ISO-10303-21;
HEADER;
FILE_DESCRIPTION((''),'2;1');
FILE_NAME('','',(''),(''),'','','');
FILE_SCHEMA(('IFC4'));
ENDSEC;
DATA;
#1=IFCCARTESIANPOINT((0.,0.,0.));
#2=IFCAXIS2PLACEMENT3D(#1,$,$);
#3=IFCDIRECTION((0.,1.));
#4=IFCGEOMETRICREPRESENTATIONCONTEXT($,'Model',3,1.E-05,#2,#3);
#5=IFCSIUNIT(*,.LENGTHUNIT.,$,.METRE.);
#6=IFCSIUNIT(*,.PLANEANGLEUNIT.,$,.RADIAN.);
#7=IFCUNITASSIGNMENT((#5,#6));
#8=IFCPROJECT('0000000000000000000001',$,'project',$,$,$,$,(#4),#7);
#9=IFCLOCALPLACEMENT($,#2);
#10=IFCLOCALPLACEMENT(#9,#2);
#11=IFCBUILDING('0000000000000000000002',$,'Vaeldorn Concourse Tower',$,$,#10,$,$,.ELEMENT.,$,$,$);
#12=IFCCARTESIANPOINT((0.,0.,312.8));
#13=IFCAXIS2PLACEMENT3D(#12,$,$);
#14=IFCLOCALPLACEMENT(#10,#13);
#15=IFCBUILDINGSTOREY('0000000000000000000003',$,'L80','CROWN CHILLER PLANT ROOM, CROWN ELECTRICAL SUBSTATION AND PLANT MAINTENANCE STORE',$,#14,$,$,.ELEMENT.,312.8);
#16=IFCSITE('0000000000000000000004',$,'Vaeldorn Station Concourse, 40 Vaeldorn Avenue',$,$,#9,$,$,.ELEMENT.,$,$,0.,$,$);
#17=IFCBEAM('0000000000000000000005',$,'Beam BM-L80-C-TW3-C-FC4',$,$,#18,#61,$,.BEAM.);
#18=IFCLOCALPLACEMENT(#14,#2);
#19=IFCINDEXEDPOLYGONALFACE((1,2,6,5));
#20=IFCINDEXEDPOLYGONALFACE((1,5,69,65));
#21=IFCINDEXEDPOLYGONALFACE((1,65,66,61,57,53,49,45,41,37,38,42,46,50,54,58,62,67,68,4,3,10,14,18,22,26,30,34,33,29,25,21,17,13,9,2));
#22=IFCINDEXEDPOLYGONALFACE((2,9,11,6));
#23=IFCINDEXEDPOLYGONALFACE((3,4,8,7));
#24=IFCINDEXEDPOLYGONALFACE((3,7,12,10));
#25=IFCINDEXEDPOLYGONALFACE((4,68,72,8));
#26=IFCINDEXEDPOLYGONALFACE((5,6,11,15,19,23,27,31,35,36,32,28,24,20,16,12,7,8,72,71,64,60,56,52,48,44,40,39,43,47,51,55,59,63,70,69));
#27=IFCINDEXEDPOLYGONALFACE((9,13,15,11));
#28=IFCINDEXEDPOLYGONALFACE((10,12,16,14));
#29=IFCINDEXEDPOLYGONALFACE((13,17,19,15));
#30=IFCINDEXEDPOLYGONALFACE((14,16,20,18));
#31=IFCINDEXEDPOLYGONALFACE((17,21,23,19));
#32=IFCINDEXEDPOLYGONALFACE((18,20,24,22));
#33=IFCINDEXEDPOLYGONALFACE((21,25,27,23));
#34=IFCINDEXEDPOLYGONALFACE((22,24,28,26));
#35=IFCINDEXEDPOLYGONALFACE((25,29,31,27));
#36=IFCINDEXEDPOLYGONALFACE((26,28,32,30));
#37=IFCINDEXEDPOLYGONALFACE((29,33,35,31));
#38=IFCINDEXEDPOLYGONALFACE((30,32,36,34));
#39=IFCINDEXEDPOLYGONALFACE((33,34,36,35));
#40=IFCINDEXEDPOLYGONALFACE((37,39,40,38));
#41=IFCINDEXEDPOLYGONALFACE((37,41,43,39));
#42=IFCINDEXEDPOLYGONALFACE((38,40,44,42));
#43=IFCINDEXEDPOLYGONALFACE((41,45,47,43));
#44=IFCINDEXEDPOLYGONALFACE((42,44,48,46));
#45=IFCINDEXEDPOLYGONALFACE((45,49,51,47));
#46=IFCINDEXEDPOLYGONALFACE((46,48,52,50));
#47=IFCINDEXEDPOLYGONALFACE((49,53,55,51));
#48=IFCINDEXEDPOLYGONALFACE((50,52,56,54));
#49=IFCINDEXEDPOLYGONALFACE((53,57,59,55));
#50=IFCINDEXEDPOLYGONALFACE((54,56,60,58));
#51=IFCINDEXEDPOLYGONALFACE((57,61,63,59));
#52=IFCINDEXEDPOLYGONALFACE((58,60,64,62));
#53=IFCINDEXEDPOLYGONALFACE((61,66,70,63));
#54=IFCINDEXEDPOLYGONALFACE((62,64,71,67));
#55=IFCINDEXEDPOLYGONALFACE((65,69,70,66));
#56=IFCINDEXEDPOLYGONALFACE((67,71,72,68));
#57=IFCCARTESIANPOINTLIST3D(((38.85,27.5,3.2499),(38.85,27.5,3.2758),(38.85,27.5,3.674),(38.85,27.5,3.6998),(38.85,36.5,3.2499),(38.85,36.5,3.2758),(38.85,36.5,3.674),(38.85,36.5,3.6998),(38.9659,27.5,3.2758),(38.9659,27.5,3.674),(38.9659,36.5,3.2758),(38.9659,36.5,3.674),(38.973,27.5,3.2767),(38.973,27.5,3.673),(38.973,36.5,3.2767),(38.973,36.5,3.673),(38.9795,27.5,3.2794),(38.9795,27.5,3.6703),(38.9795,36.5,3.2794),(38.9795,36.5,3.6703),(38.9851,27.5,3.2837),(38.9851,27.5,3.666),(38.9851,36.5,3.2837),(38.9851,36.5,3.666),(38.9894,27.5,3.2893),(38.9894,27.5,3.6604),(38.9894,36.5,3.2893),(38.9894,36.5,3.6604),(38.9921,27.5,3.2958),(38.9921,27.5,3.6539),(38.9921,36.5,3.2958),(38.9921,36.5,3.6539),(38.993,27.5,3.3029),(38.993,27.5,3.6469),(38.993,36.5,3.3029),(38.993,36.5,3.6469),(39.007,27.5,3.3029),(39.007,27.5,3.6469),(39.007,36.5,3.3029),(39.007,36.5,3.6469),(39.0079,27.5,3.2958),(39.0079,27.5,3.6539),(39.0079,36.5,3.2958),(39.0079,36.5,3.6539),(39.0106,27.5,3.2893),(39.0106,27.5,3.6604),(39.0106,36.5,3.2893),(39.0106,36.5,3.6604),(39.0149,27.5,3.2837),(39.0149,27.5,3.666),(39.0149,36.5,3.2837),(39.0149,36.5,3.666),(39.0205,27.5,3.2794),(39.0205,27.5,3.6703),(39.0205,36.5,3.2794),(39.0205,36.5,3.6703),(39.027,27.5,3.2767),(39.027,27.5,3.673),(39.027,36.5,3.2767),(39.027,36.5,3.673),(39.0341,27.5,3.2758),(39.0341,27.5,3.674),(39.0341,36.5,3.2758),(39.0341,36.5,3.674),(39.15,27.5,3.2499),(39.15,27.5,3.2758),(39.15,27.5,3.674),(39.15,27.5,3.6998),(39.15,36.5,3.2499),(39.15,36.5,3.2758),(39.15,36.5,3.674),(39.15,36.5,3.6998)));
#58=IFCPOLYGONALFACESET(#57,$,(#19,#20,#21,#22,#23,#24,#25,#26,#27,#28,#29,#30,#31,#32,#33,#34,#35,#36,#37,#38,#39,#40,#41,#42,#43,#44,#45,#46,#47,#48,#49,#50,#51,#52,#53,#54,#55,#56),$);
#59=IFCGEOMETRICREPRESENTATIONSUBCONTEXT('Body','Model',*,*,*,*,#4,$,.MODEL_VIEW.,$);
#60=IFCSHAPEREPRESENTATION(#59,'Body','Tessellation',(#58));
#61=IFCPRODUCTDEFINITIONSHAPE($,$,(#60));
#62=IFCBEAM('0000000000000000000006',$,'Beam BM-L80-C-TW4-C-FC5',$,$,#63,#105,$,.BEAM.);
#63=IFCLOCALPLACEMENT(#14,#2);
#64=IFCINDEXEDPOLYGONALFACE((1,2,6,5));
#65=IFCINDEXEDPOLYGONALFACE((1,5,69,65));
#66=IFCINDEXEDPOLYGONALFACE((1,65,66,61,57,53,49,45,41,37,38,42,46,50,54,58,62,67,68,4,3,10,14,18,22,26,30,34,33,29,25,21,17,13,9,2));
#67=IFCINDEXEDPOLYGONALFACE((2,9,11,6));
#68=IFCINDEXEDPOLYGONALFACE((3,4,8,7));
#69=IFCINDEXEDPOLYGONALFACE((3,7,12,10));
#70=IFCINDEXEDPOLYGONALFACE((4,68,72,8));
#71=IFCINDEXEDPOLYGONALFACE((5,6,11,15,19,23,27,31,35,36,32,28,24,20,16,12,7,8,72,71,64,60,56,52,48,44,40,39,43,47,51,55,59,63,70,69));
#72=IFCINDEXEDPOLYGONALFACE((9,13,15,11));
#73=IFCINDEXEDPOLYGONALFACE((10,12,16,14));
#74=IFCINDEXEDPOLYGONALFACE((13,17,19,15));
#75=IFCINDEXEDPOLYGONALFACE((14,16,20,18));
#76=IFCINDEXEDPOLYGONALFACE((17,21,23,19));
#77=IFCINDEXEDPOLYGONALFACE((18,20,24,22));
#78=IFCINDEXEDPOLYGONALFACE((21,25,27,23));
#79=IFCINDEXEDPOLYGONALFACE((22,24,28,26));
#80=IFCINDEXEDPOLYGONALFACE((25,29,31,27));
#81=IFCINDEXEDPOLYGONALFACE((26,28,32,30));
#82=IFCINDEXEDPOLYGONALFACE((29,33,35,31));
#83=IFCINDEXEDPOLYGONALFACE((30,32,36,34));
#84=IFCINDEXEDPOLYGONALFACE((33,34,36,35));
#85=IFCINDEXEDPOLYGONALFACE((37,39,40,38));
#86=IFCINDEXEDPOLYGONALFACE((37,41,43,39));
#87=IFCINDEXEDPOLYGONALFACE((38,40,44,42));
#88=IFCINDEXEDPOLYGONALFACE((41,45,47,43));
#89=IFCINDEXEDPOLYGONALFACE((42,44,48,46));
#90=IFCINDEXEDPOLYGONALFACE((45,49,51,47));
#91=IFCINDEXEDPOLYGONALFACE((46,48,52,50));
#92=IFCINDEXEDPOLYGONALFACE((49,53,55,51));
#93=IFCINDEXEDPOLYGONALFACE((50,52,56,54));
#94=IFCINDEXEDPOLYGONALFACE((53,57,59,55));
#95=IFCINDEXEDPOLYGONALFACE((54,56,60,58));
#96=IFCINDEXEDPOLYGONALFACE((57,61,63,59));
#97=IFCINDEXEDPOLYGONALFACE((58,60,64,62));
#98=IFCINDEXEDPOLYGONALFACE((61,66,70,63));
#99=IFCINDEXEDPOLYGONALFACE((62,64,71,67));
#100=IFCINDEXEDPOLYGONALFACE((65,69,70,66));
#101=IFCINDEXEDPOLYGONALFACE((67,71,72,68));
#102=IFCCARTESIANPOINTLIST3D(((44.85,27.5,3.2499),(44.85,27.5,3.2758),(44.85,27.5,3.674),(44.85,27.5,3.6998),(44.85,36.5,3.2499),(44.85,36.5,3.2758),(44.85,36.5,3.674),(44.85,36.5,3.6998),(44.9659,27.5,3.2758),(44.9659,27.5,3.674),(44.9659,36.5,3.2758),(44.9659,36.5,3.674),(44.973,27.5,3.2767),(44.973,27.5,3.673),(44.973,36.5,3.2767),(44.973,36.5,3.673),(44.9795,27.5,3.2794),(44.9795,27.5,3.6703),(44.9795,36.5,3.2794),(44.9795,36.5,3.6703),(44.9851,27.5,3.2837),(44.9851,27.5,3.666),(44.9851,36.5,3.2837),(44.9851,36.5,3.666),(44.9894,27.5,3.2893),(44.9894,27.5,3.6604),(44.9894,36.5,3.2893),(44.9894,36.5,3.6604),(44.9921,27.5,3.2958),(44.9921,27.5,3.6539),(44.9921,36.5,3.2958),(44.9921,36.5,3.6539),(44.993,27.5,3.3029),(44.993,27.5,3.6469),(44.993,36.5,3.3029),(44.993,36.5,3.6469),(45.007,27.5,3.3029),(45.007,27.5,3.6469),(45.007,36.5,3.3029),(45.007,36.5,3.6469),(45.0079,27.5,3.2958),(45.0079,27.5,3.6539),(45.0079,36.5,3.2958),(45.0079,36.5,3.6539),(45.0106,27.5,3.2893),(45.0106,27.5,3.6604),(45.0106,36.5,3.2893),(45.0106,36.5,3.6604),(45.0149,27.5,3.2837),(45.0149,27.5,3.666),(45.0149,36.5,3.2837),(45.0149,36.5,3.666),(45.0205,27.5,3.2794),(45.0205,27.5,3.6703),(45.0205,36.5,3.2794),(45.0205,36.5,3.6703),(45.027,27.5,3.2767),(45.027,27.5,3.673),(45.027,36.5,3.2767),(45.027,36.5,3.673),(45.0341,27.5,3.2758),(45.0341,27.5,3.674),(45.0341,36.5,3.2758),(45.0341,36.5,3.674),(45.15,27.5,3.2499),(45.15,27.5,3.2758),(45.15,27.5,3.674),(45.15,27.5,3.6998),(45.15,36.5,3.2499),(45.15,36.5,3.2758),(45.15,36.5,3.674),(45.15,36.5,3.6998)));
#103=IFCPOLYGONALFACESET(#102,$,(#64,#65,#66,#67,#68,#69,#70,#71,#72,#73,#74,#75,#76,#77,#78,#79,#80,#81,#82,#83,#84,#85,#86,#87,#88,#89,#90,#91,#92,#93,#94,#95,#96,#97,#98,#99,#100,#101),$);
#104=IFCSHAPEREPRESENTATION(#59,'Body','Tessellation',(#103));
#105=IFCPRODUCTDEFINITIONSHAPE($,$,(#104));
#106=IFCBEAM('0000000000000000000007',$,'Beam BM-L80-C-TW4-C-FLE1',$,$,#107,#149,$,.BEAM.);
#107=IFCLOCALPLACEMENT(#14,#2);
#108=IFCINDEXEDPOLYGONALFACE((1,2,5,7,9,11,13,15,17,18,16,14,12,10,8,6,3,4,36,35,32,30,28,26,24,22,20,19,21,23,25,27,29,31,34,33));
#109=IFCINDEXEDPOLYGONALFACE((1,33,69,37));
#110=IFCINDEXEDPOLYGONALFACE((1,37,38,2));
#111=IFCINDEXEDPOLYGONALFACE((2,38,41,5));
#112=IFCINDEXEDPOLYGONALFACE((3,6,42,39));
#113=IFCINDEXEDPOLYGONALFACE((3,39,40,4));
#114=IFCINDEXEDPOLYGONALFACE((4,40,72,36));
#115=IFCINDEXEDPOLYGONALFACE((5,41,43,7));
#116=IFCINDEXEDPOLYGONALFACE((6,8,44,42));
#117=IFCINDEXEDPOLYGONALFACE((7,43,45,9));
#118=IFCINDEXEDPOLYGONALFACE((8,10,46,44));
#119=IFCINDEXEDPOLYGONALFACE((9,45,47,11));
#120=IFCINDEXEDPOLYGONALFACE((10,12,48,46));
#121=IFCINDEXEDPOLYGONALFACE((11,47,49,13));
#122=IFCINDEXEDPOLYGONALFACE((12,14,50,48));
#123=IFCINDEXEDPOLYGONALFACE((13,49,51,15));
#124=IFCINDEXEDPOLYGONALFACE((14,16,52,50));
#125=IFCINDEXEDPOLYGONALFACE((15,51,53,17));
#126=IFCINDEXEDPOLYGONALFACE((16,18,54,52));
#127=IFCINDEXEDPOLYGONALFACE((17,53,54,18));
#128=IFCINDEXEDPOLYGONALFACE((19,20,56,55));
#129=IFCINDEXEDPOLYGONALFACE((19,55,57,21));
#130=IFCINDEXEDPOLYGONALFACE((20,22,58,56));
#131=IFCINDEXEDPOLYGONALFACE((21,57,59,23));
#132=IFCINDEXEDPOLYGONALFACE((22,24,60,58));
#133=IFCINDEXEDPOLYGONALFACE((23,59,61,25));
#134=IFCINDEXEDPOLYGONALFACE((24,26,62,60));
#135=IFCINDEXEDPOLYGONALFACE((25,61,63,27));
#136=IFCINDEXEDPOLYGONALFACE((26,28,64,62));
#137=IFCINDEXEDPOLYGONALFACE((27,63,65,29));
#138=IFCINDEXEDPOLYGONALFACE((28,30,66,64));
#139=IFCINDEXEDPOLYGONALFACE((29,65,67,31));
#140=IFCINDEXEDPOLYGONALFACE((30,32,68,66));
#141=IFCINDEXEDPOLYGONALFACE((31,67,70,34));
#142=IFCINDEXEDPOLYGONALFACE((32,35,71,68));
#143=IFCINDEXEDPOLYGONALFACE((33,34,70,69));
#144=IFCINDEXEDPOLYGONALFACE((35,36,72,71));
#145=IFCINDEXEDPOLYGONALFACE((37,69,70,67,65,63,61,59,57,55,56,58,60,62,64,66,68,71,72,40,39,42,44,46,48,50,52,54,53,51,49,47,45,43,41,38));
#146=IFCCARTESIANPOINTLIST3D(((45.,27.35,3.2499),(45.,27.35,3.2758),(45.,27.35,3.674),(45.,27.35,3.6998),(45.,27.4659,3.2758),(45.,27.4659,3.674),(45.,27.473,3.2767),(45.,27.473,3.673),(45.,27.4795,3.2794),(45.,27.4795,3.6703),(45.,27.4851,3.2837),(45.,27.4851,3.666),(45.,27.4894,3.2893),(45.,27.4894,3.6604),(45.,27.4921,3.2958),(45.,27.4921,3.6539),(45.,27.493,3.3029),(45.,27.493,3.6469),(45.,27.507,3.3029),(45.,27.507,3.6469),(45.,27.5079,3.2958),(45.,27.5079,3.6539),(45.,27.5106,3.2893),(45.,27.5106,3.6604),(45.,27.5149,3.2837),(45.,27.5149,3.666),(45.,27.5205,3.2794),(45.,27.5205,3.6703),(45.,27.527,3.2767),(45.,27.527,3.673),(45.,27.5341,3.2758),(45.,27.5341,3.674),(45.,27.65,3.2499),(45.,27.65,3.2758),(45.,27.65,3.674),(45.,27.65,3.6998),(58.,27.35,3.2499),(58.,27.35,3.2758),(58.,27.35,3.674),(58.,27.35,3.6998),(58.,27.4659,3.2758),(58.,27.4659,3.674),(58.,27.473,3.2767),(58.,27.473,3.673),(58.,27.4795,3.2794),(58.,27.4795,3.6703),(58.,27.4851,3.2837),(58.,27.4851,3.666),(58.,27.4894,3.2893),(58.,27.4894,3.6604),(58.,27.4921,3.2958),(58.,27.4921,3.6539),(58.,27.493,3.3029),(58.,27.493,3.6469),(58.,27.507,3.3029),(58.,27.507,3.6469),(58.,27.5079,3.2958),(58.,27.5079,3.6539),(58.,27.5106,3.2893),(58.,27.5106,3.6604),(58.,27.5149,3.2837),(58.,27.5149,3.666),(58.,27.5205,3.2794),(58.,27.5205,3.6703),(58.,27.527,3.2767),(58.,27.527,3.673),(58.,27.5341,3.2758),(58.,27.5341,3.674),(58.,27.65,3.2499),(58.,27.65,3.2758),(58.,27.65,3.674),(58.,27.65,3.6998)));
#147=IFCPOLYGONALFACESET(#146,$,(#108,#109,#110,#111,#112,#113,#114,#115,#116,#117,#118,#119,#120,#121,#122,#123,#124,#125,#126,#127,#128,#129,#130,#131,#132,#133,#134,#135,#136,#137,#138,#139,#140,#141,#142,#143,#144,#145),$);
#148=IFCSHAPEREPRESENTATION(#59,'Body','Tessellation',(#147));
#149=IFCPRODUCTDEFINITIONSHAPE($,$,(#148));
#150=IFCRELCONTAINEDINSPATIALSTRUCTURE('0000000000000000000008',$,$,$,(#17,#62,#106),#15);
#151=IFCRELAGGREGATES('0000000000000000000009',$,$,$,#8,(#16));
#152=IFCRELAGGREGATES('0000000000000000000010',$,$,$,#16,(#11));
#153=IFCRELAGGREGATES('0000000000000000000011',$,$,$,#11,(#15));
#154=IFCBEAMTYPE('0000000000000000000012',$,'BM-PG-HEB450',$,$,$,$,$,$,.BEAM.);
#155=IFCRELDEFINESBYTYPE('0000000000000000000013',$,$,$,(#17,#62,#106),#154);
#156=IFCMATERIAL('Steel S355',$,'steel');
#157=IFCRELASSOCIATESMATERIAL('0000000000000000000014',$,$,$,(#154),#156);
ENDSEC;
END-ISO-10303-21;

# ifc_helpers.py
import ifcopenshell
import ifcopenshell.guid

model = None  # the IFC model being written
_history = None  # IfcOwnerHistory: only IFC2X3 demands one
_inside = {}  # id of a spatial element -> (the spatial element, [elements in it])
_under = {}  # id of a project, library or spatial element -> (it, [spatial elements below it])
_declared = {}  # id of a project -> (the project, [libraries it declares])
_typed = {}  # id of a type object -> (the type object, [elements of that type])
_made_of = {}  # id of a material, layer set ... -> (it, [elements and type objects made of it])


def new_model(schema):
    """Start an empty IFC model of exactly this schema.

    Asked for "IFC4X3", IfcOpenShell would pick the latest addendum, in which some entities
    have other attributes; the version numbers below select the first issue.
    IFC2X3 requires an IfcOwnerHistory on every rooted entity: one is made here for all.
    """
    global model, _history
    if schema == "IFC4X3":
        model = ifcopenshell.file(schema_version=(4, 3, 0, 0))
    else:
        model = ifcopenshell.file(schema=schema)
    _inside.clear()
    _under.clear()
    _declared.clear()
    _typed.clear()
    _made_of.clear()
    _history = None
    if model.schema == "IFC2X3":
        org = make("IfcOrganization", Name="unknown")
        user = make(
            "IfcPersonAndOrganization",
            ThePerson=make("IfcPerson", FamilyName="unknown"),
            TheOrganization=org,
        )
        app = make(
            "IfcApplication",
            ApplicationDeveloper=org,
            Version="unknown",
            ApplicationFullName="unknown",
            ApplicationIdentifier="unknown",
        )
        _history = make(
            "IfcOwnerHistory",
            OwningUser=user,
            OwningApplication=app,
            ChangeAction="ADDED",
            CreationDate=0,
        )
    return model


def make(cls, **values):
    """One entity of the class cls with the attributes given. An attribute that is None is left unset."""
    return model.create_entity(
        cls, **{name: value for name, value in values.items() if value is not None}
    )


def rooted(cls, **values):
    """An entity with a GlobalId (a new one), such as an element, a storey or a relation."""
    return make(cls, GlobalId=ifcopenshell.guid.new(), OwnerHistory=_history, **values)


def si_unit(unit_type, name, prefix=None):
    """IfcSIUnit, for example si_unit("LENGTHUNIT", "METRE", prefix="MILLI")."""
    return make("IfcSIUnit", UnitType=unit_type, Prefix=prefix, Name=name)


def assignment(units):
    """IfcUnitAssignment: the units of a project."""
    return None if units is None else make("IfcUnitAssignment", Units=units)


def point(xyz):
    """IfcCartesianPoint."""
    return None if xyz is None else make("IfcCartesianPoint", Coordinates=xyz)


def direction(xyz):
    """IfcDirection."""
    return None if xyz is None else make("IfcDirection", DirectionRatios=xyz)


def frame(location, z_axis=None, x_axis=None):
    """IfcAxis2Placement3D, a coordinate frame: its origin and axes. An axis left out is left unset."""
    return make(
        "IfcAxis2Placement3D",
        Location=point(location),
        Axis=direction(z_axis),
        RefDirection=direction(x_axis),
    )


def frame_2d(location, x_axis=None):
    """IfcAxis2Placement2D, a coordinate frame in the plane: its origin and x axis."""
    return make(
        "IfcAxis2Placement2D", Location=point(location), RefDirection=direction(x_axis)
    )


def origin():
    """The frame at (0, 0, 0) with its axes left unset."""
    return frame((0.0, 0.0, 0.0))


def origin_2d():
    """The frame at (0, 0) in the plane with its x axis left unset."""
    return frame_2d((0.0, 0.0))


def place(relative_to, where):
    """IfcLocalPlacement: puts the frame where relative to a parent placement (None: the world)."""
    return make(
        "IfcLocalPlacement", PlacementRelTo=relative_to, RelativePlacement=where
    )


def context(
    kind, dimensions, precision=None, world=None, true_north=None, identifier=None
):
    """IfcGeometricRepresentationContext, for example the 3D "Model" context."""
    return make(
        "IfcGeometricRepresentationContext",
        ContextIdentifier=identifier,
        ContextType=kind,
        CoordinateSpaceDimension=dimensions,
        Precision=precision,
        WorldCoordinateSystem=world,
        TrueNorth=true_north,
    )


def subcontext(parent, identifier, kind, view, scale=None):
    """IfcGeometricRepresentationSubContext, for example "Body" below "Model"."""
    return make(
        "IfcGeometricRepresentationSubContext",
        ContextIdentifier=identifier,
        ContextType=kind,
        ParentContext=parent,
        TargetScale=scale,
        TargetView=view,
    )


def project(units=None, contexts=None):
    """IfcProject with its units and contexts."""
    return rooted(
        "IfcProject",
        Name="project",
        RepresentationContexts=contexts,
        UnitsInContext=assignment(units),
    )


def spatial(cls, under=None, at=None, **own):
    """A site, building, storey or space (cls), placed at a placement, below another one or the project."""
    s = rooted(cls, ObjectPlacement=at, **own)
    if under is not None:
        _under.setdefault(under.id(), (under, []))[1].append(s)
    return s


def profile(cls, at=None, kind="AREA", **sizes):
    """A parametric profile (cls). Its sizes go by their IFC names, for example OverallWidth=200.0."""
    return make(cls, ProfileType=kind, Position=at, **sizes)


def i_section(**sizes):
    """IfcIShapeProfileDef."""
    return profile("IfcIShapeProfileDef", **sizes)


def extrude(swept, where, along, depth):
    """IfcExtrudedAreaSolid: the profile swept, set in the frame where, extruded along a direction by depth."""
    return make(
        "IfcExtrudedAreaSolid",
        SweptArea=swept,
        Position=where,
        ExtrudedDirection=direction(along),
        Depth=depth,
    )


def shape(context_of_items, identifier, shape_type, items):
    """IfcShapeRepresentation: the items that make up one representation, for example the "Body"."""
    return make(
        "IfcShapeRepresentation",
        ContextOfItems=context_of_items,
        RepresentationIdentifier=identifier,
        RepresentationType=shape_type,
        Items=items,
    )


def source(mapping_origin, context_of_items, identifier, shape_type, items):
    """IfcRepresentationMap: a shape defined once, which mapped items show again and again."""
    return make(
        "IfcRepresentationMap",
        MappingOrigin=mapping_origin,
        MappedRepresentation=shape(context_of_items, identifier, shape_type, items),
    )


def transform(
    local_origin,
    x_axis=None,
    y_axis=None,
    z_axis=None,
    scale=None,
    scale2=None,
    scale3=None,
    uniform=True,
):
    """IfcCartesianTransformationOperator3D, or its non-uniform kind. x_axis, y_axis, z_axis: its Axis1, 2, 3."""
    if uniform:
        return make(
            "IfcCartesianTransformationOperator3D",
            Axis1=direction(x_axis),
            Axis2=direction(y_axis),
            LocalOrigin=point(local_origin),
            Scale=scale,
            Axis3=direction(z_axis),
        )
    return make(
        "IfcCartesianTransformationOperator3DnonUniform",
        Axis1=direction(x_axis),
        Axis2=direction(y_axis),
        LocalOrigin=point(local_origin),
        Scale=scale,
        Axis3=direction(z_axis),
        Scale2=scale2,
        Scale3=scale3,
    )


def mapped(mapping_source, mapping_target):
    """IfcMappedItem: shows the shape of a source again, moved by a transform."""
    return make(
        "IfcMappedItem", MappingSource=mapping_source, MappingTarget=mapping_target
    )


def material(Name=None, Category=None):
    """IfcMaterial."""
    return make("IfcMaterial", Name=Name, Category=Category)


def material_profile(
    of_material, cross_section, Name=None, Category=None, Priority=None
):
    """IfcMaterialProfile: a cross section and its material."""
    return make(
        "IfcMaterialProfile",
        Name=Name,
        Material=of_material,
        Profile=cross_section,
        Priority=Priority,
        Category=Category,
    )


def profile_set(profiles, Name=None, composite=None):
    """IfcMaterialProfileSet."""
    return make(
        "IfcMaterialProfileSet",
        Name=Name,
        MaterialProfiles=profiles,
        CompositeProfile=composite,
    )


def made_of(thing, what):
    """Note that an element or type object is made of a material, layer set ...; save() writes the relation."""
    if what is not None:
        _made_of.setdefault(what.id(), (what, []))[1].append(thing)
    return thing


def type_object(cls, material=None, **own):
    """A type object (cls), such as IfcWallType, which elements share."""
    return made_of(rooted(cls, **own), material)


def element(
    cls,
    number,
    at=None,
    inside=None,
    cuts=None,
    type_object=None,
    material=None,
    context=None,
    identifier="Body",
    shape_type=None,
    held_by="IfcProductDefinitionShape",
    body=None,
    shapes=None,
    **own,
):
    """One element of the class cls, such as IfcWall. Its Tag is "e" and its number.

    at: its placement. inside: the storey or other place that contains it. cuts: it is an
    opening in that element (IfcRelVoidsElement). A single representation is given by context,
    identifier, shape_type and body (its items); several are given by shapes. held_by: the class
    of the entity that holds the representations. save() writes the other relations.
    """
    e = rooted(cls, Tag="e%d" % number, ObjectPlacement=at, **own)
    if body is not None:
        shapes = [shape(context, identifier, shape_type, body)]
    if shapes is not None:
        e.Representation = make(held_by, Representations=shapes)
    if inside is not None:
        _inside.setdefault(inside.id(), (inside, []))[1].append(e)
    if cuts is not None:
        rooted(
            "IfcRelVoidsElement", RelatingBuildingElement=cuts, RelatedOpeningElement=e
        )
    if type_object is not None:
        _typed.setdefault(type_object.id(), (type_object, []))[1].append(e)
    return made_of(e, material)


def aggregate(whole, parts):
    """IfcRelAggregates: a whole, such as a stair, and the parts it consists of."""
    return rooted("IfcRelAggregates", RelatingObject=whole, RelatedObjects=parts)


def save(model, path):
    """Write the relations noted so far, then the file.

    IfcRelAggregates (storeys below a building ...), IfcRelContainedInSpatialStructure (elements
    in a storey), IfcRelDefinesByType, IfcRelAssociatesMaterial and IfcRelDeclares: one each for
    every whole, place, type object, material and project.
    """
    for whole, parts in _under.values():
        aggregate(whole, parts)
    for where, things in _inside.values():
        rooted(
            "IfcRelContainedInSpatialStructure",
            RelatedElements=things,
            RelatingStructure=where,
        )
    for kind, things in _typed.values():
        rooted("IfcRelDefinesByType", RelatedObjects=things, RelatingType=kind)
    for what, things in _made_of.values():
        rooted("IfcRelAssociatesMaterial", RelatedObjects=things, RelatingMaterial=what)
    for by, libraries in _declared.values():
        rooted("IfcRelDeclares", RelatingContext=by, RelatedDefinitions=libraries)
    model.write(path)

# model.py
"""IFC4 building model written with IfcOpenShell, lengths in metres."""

from ifc_helpers import new_model, si_unit, direction, frame, origin, origin_2d, place, context, subcontext, project, spatial, i_section, extrude, source, transform, mapped, material, material_profile, profile_set, type_object, element, save


model = new_model("IFC4")

# Units and contexts
model_context = context("Model", 3, precision=1e-05, world=origin(), true_north=direction((0.0, 1.0)))
body_context = subcontext(model_context, "Body", "Model", "MODEL_VIEW")
ifc_project = project(units=[si_unit("LENGTHUNIT", "METRE"), si_unit("PLANEANGLEUNIT", "RADIAN")], contexts=[model_context])

# Site, building, storey
site_placement = place(None, origin())
site = spatial("IfcSite", under=ifc_project, at=site_placement, Name="Vaeldorn Station Concourse, 40 Vaeldorn Avenue", CompositionType="ELEMENT", RefElevation=0.0)
building_placement = place(site_placement, origin())
building = spatial("IfcBuilding", under=site, at=building_placement, Name="Vaeldorn Concourse Tower", CompositionType="ELEMENT")
storey_placement = place(building_placement, frame((0.0, 0.0, 312.8)))
storey = spatial("IfcBuildingStorey", under=building, at=storey_placement, Name="L80", Description="CROWN CHILLER PLANT ROOM, CROWN ELECTRICAL SUBSTATION AND PLANT MAINTENANCE STORE", CompositionType="ELEMENT", Elevation=312.8)

# Shared definitions
ifc_material_1 = material(Name="Steel S355", Category="steel")

# Beams
ifc_material_profile_1 = material_profile(ifc_material_1, i_section(OverallWidth=0.3, OverallDepth=0.45, WebThickness=0.0139, FlangeThickness=0.0259, FilletRadius=0.0271, at=origin_2d()), Name="HEB 450")
ifc_profile_set_1 = profile_set([ifc_material_profile_1], Name="Steel S355")
beam_type = type_object("IfcBeamType", Name="BM-PG-HEB450", PredefinedType="BEAM", material=ifc_profile_set_1)
shared_shape_1 = source(origin(), body_context, "Body", "SweptSolid", [
    extrude(i_section(OverallWidth=0.3, OverallDepth=0.45, WebThickness=0.0139, FlangeThickness=0.0259, FilletRadius=0.0271, at=origin_2d()), origin(), (0.0, 0.0, 1.0), 9.0),
])
for number, where, z_axis, x_axis, name in (
    (1, (39.0, 27.5, 3.4749), (0.0, 1.0, 0.0), (-1.0, 0.0, 0.0), "Beam BM-L80-C-TW3-C-FC4"),
    (2, (45.0, 27.5, 3.4749), (0.0, 1.0, 0.0), (-1.0, 0.0, 0.0), "Beam BM-L80-C-TW4-C-FC5"),
):
    element("IfcBeam", number, at=place(storey_placement, frame(where, z_axis=z_axis, x_axis=x_axis)), inside=storey, type_object=beam_type, Name=name, PredefinedType="BEAM", context=body_context, shape_type="MappedRepresentation", body=[
        mapped(shared_shape_1, transform((0.0, 0.0, 0.0), scale=1.0)),
    ])
shared_shape_2 = source(origin(), body_context, "Body", "SweptSolid", [
    extrude(i_section(OverallWidth=0.3, OverallDepth=0.45, WebThickness=0.0139, FlangeThickness=0.0259, FilletRadius=0.0271, at=origin_2d()), origin(), (0.0, 0.0, 1.0), 13.0),
])
beam_1_placement = place(storey_placement, frame((45.0, 27.5, 3.4749), z_axis=(1.0, 0.0, 0.0), x_axis=(0.0, 1.0, 0.0)))
element("IfcBeam", 3, at=beam_1_placement, inside=storey, type_object=beam_type, Name="Beam BM-L80-C-TW4-C-FLE1", PredefinedType="BEAM", context=body_context, shape_type="MappedRepresentation", body=[
    mapped(shared_shape_2, transform((0.0, 0.0, 0.0), scale=1.0)),
])

save(model, "model.ifc")
